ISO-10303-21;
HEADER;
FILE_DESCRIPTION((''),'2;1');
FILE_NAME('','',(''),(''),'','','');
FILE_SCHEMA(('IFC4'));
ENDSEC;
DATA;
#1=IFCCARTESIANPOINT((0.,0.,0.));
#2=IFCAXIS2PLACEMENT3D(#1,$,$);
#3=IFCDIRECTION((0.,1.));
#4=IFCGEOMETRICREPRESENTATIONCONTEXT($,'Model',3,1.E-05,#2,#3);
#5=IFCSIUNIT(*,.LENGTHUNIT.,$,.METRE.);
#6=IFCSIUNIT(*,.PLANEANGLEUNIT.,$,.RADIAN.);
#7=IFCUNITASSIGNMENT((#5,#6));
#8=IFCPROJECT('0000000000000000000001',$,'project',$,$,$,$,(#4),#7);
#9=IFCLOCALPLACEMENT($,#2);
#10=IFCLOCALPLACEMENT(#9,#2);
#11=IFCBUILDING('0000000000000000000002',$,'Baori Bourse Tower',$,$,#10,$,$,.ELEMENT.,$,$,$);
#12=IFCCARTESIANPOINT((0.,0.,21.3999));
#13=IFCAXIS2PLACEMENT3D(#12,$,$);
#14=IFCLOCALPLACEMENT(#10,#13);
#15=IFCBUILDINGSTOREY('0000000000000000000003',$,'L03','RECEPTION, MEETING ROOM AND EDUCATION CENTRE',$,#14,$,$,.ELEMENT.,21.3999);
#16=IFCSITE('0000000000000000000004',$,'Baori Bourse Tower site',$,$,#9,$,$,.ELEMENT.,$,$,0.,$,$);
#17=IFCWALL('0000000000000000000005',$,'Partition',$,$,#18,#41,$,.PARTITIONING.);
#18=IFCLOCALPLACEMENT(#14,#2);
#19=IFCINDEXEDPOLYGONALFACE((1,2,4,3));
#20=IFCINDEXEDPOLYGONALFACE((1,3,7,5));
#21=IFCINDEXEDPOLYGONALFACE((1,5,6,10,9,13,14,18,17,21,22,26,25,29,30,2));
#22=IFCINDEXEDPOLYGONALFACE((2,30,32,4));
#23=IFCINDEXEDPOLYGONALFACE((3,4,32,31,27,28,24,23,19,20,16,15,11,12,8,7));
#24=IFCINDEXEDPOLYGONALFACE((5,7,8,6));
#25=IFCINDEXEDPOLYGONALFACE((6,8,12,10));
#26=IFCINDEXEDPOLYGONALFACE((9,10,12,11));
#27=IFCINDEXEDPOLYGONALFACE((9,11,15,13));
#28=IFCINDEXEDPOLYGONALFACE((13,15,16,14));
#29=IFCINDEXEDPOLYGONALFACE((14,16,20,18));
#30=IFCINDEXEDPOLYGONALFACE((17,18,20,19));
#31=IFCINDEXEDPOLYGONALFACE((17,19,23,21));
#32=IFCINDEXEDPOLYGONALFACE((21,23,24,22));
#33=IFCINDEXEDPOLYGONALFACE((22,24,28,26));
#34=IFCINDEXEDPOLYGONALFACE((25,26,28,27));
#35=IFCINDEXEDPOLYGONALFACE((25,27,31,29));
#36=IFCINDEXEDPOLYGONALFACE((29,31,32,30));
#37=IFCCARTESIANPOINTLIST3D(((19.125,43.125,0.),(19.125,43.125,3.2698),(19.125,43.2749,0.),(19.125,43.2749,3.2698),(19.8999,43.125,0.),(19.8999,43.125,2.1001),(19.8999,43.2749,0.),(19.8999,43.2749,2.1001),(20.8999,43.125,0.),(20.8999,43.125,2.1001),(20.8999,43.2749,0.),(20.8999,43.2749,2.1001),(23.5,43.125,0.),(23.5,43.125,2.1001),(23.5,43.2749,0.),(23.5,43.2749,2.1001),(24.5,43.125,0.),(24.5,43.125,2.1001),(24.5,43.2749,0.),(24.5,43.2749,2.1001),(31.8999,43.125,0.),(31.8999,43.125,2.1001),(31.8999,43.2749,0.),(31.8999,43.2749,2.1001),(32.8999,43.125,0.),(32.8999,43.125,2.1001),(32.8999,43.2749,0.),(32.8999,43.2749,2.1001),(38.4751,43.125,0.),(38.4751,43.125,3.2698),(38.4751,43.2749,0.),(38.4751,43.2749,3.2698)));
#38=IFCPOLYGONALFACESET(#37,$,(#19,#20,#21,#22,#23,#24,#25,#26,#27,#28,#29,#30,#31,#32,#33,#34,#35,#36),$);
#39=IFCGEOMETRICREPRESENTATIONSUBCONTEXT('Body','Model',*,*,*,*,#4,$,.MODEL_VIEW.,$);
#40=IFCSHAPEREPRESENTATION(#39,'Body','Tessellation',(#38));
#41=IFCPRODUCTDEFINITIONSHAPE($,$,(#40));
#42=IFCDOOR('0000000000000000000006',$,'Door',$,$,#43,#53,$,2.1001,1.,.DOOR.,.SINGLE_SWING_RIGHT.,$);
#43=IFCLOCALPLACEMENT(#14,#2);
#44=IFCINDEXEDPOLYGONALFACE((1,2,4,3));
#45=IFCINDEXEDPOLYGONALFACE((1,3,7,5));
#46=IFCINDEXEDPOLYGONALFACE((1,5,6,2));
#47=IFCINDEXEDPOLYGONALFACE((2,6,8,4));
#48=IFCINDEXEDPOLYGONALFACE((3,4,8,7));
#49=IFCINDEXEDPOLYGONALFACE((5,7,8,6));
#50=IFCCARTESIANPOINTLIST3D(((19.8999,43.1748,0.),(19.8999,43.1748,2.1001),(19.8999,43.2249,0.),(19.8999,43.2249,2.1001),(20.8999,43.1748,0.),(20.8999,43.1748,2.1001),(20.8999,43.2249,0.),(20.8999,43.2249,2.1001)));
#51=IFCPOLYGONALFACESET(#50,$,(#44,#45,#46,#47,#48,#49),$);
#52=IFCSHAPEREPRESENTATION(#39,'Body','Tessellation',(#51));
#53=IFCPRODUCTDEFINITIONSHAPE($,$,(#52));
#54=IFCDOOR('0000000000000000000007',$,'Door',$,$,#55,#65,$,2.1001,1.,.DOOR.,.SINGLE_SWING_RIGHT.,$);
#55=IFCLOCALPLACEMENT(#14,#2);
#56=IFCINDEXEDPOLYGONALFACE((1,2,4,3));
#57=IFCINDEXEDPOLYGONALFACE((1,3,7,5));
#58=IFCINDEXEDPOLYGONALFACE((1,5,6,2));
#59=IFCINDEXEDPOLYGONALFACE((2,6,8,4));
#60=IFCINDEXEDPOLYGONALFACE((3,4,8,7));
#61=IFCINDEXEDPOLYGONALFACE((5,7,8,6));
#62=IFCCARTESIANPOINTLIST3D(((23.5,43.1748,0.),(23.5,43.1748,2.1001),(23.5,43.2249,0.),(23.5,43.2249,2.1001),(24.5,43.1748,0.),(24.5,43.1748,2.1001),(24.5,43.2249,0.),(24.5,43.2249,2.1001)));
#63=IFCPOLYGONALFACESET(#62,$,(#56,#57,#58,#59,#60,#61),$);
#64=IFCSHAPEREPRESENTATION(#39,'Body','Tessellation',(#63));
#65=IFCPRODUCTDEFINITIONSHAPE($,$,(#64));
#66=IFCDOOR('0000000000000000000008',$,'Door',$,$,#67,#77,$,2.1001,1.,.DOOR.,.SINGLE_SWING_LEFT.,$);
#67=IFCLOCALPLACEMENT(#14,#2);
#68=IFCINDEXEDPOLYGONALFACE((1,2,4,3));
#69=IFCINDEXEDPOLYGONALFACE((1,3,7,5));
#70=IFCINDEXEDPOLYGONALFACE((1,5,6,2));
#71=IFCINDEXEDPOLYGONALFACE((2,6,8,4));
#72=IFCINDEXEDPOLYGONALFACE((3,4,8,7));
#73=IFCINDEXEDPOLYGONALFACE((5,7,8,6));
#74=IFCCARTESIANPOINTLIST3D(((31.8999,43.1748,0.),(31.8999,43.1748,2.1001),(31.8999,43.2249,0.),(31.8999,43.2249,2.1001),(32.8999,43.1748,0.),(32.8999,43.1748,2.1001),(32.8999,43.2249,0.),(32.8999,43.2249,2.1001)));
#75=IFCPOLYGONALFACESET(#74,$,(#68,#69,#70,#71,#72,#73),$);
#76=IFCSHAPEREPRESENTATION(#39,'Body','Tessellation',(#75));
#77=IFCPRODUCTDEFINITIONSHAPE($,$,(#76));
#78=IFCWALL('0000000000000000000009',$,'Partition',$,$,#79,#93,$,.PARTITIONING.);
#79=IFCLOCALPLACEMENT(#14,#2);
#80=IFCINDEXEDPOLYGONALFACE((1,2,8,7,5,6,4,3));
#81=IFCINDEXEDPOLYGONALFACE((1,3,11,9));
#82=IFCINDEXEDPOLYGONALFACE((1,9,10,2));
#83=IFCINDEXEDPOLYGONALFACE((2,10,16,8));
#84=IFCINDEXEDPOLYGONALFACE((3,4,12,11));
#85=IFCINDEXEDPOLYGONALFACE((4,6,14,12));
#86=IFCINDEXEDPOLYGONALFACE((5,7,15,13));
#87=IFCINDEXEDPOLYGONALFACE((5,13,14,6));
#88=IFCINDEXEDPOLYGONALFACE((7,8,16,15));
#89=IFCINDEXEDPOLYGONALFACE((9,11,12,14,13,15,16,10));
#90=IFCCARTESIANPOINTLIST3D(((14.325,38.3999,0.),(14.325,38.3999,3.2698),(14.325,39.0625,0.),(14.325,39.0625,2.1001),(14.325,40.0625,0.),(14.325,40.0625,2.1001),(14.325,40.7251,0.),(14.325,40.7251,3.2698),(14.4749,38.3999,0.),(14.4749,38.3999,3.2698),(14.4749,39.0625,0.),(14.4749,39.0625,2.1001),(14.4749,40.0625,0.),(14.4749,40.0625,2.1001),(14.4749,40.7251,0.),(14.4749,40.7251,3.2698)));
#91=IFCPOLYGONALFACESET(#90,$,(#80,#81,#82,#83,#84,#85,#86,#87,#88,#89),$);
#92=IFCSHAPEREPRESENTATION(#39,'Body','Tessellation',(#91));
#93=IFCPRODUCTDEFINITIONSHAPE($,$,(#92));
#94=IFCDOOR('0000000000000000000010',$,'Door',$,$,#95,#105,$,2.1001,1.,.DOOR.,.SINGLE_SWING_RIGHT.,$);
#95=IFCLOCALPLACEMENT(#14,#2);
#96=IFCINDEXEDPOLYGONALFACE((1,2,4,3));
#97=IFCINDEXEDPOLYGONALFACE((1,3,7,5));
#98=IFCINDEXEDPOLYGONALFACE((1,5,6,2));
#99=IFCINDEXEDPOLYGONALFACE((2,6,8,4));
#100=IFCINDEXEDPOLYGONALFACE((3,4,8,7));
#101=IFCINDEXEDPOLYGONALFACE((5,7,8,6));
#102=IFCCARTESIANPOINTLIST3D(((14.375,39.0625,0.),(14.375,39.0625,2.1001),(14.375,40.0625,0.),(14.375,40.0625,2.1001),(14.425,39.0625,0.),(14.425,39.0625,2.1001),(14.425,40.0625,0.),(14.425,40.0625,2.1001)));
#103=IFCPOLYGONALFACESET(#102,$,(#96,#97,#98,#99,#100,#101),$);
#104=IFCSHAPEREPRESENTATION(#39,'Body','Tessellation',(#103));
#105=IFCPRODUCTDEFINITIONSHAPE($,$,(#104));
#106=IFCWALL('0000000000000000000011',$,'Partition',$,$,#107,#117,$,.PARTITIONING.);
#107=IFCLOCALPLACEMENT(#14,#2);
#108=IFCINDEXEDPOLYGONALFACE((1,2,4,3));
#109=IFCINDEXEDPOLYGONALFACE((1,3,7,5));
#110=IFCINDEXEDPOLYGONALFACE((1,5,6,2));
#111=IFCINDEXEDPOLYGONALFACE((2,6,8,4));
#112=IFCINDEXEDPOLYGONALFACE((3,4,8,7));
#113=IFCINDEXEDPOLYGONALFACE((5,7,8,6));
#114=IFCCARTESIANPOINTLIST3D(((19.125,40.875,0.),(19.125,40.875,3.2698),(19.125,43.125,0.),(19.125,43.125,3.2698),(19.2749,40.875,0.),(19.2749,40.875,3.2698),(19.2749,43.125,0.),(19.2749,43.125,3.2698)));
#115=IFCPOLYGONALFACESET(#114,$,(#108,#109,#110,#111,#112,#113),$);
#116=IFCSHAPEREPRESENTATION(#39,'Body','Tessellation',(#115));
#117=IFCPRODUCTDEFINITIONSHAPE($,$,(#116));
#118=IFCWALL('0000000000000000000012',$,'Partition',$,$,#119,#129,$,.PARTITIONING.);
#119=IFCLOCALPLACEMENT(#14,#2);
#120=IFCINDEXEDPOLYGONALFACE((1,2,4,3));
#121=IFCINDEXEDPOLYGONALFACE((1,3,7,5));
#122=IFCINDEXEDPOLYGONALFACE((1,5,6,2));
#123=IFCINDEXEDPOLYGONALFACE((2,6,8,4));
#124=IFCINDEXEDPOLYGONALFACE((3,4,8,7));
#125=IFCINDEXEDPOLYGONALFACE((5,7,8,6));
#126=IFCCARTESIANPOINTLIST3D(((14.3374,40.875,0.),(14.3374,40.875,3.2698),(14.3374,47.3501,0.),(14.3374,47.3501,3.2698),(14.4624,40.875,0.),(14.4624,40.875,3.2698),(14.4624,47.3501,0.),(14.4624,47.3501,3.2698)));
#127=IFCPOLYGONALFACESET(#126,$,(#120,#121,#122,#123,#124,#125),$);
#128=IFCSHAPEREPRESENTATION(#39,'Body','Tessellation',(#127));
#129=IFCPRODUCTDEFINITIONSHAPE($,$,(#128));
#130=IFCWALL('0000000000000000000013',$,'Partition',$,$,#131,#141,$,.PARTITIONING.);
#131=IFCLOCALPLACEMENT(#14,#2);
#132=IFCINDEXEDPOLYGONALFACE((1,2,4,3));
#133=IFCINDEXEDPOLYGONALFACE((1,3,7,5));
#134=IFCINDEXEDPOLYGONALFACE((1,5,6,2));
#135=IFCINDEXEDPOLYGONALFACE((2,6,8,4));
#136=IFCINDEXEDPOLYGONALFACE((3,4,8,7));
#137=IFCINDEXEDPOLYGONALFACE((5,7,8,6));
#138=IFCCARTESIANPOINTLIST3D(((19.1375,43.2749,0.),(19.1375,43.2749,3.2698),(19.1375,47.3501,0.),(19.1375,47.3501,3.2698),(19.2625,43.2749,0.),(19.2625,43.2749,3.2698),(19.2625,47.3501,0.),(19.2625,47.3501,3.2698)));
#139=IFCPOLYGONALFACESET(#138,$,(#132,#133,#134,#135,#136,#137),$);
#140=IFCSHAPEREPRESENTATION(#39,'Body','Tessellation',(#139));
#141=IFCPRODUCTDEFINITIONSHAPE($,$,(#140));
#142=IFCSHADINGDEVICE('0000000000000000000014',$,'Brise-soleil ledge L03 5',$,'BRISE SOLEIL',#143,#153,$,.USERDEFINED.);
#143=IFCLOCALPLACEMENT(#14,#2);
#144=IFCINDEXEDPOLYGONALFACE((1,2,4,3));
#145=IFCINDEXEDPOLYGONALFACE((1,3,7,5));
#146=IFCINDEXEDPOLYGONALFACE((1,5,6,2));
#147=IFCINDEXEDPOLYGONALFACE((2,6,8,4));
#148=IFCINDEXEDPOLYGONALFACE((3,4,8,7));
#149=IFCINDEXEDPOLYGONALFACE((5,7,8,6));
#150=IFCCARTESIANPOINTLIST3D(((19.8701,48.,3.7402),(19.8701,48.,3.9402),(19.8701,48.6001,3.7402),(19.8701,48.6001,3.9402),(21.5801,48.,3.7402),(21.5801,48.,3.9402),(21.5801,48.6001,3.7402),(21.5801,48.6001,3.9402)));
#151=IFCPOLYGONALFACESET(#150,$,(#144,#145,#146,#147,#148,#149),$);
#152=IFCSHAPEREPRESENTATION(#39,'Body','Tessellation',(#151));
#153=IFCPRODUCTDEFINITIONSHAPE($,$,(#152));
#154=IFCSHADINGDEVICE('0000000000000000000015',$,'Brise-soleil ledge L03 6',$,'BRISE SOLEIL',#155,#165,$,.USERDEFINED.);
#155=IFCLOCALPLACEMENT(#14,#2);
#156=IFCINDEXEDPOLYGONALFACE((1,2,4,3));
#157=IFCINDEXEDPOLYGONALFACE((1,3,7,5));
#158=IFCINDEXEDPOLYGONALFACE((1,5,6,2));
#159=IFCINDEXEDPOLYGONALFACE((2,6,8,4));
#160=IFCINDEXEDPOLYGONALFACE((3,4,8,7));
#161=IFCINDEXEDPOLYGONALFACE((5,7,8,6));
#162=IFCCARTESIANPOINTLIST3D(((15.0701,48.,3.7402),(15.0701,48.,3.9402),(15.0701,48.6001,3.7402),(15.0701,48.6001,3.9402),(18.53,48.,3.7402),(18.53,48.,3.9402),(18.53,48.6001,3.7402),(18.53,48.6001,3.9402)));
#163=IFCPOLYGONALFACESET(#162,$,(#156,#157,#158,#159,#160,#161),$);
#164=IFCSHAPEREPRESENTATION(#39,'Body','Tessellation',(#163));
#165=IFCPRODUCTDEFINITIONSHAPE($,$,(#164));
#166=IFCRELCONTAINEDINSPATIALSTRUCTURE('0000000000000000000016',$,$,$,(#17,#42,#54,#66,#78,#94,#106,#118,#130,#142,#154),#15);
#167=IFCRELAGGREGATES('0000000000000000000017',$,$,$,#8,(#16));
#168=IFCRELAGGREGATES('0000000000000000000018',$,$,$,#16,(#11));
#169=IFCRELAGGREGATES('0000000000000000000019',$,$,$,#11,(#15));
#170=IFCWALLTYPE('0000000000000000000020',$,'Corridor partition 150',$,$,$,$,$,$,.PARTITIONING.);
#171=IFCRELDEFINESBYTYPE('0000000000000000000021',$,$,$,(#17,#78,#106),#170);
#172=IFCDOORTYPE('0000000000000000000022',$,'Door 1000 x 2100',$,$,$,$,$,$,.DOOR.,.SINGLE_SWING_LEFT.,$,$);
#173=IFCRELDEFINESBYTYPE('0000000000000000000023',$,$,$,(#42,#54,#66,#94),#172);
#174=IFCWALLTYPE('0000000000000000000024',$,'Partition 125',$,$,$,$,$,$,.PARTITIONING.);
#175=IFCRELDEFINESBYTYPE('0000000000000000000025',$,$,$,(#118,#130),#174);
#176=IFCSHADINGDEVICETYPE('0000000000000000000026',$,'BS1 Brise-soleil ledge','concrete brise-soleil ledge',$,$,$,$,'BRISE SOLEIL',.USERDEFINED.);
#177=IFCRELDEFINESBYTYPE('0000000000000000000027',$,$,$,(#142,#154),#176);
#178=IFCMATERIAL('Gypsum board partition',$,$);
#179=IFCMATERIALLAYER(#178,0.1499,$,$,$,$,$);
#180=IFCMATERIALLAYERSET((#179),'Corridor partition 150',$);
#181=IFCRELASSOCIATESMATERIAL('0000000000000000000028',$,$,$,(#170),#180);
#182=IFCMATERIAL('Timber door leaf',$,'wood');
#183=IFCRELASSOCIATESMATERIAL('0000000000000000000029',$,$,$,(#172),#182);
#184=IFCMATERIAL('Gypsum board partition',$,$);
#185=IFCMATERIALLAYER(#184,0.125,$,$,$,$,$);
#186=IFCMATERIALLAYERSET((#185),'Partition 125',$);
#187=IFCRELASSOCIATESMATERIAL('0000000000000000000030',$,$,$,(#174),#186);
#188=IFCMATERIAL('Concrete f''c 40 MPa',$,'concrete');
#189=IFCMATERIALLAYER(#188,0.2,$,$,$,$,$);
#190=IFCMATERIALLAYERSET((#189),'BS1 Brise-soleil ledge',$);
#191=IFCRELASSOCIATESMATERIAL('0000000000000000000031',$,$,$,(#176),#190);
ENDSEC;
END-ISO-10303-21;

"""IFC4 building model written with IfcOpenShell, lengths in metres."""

from ifc_helpers import new_model, si_unit, direction, frame, frame_2d, origin, origin_2d, place, context, subcontext, project, spatial, rectangle, extrude, material, layer, layer_set, type_object, element, fill, save


model = new_model("IFC4")

# Units and contexts
model_context = context("Model", 3, precision=1e-05, world=origin(), true_north=direction((0.0, 1.0)))
body_context = subcontext(model_context, "Body", "Model", "MODEL_VIEW")
ifc_project = project(units=[si_unit("LENGTHUNIT", "METRE"), si_unit("PLANEANGLEUNIT", "RADIAN")], contexts=[model_context])

# Site, building, storey
site_placement = place(None, origin())
site = spatial("IfcSite", under=ifc_project, at=site_placement, Name="Baori Bourse Tower site", CompositionType="ELEMENT", RefElevation=0.0)
building_placement = place(site_placement, origin())
building = spatial("IfcBuilding", under=site, at=building_placement, Name="Baori Bourse Tower", CompositionType="ELEMENT")
storey_placement = place(building_placement, frame((0.0, 0.0, 21.3999)))
storey = spatial("IfcBuildingStorey", under=building, at=storey_placement, Name="L03", Description="RECEPTION, MEETING ROOM AND EDUCATION CENTRE", CompositionType="ELEMENT", Elevation=21.3999)

# Shared definitions
ifc_material_1 = material(Name="Gypsum board partition")
ifc_layer_1 = layer(ifc_material_1, 0.1499)
ifc_layer_set_1 = layer_set([ifc_layer_1], Name="Corridor partition 150")
wall_type_1 = type_object("IfcWallType", Name="Corridor partition 150", PredefinedType="PARTITIONING", material=ifc_layer_set_1)
ifc_material_2 = material(Name="Timber door leaf", Category="wood")
door_type_1 = type_object("IfcDoorType", Name="Door 1000 x 2100", OperationType="SINGLE_SWING_LEFT", PredefinedType="DOOR", material=ifc_material_2)

# Wall, openings, doors
wall_1_placement = place(storey_placement, frame((19.125, 43.2, 0.0), z_axis=(0.0, 0.0, 1.0), x_axis=(1.0, 0.0, 0.0)))
wall_1 = element("IfcWall", 1, at=wall_1_placement, inside=storey, type_object=wall_type_1, Name="Partition", PredefinedType="PARTITIONING", context=body_context, shape_type="SweptSolid", body=[
    extrude(rectangle(XDim=19.3501, YDim=0.1499, at=frame_2d((9.675, 0.0))), origin(), (0.0, 0.0, 1.0), 3.2698),
])
opening_1_placement = place(wall_1_placement, frame((0.7749, 0.0, 0.0)))
opening_1 = element("IfcOpeningElement", 2, at=opening_1_placement, cuts=wall_1, PredefinedType="OPENING", context=body_context, shape_type="SweptSolid", body=[
    extrude(rectangle(XDim=1.0, YDim=2.1001, at=frame_2d((0.5, 1.05))), frame((0.0, 0.085, 0.0), z_axis=(0.0, -1.0, 0.0), x_axis=(1.0, 0.0, 0.0)), (0.0, 0.0, 1.0), 0.1699),
])
opening_2_placement = place(wall_1_placement, frame((4.375, 0.0, 0.0)))
opening_2 = element("IfcOpeningElement", 3, at=opening_2_placement, cuts=wall_1, PredefinedType="OPENING", context=body_context, shape_type="SweptSolid", body=[
    extrude(rectangle(XDim=1.0, YDim=2.1001, at=frame_2d((0.5, 1.05))), frame((0.0, 0.085, 0.0), z_axis=(0.0, -1.0, 0.0), x_axis=(1.0, 0.0, 0.0)), (0.0, 0.0, 1.0), 0.1699),
])
opening_3_placement = place(wall_1_placement, frame((12.7749, 0.0, 0.0)))
opening_3 = element("IfcOpeningElement", 4, at=opening_3_placement, cuts=wall_1, PredefinedType="OPENING", context=body_context, shape_type="SweptSolid", body=[
    extrude(rectangle(XDim=1.0, YDim=2.1001, at=frame_2d((0.5, 1.05))), frame((0.0, 0.085, 0.0), z_axis=(0.0, -1.0, 0.0), x_axis=(1.0, 0.0, 0.0)), (0.0, 0.0, 1.0), 0.1699),
])
door_1_placement = place(opening_1_placement, origin())
door_1 = element("IfcDoor", 5, at=door_1_placement, inside=storey, type_object=door_type_1, Name="Door", OperationType="SINGLE_SWING_RIGHT", OverallHeight=2.1001, OverallWidth=1.0, PredefinedType="DOOR", context=body_context, shape_type="SweptSolid", body=[
    extrude(rectangle(XDim=1.0, YDim=2.1001, at=frame_2d((0.5, 1.05))), frame((0.0, 0.0249, 0.0), z_axis=(0.0, -1.0, 0.0), x_axis=(1.0, 0.0, 0.0)), (0.0, 0.0, 1.0), 0.05),
])
fill(opening_1, door_1)
door_2_placement = place(opening_2_placement, origin())
door_2 = element("IfcDoor", 6, at=door_2_placement, inside=storey, type_object=door_type_1, Name="Door", OperationType="SINGLE_SWING_RIGHT", OverallHeight=2.1001, OverallWidth=1.0, PredefinedType="DOOR", context=body_context, shape_type="SweptSolid", body=[
    extrude(rectangle(XDim=1.0, YDim=2.1001, at=frame_2d((0.5, 1.05))), frame((0.0, 0.0249, 0.0), z_axis=(0.0, -1.0, 0.0), x_axis=(1.0, 0.0, 0.0)), (0.0, 0.0, 1.0), 0.05),
])
fill(opening_2, door_2)
door_3_placement = place(opening_3_placement, origin())
door_3 = element("IfcDoor", 7, at=door_3_placement, inside=storey, type_object=door_type_1, Name="Door", OperationType="SINGLE_SWING_LEFT", OverallHeight=2.1001, OverallWidth=1.0, PredefinedType="DOOR", context=body_context, shape_type="SweptSolid", body=[
    extrude(rectangle(XDim=1.0, YDim=2.1001, at=frame_2d((0.5, 1.05))), frame((0.0, 0.0249, 0.0), z_axis=(0.0, -1.0, 0.0), x_axis=(1.0, 0.0, 0.0)), (0.0, 0.0, 1.0), 0.05),
])
fill(opening_3, door_3)

# Wall, opening, door
wall_2_placement = place(storey_placement, frame((14.3999, 38.3999, 0.0), z_axis=(0.0, 0.0, 1.0), x_axis=(0.0, 1.0, 0.0)))
wall_2 = element("IfcWall", 8, at=wall_2_placement, inside=storey, type_object=wall_type_1, Name="Partition", PredefinedType="PARTITIONING", context=body_context, shape_type="SweptSolid", body=[
    extrude(rectangle(XDim=2.3252, YDim=0.1499, at=frame_2d((1.1626, 0.0))), origin(), (0.0, 0.0, 1.0), 3.2698),
])
opening_4_placement = place(wall_2_placement, frame((0.6626, 0.0, 0.0)))
opening_4 = element("IfcOpeningElement", 9, at=opening_4_placement, cuts=wall_2, PredefinedType="OPENING", context=body_context, shape_type="SweptSolid", body=[
    extrude(rectangle(XDim=1.0, YDim=2.1001, at=frame_2d((0.5, 1.05))), frame((0.0, 0.085, 0.0), z_axis=(0.0, -1.0, 0.0), x_axis=(1.0, 0.0, 0.0)), (0.0, 0.0, 1.0), 0.1699),
])
door_4_placement = place(opening_4_placement, origin())
door_4 = element("IfcDoor", 10, at=door_4_placement, inside=storey, type_object=door_type_1, Name="Door", OperationType="SINGLE_SWING_RIGHT", OverallHeight=2.1001, OverallWidth=1.0, PredefinedType="DOOR", context=body_context, shape_type="SweptSolid", body=[
    extrude(rectangle(XDim=1.0, YDim=2.1001, at=frame_2d((0.5, 1.05))), frame((0.0, 0.0249, 0.0), z_axis=(0.0, -1.0, 0.0), x_axis=(1.0, 0.0, 0.0)), (0.0, 0.0, 1.0), 0.05),
])
fill(opening_4, door_4)

# Walls
wall_3_placement = place(storey_placement, frame((19.2, 40.875, 0.0), z_axis=(0.0, 0.0, 1.0), x_axis=(0.0, 1.0, 0.0)))
element("IfcWall", 11, at=wall_3_placement, inside=storey, type_object=wall_type_1, Name="Partition", PredefinedType="PARTITIONING", context=body_context, shape_type="SweptSolid", body=[
    extrude(rectangle(XDim=2.25, YDim=0.1499, at=frame_2d((1.125, 0.0))), origin(), (0.0, 0.0, 1.0), 3.2698),
])
ifc_material_3 = material(Name="Gypsum board partition")
ifc_layer_2 = layer(ifc_material_3, 0.125)
ifc_layer_set_2 = layer_set([ifc_layer_2], Name="Partition 125")
wall_type_2 = type_object("IfcWallType", Name="Partition 125", PredefinedType="PARTITIONING", material=ifc_layer_set_2)
wall_4_placement = place(storey_placement, frame((14.3999, 40.875, 0.0), z_axis=(0.0, 0.0, 1.0), x_axis=(0.0, 1.0, 0.0)))
element("IfcWall", 12, at=wall_4_placement, inside=storey, type_object=wall_type_2, Name="Partition", PredefinedType="PARTITIONING", context=body_context, shape_type="SweptSolid", body=[
    extrude(rectangle(XDim=6.4751, YDim=0.125, at=frame_2d((3.2375, 0.0))), origin(), (0.0, 0.0, 1.0), 3.2698),
])
wall_5_placement = place(storey_placement, frame((19.2, 43.2749, 0.0), z_axis=(0.0, 0.0, 1.0), x_axis=(0.0, 1.0, 0.0)))
element("IfcWall", 13, at=wall_5_placement, inside=storey, type_object=wall_type_2, Name="Partition", PredefinedType="PARTITIONING", context=body_context, shape_type="SweptSolid", body=[
    extrude(rectangle(XDim=4.0752, YDim=0.125, at=frame_2d((2.0376, 0.0))), origin(), (0.0, 0.0, 1.0), 3.2698),
])

# Shading devices
ifc_material_4 = material(Name="Concrete f'c 40 MPa", Category="concrete")
ifc_layer_3 = layer(ifc_material_4, 0.2)
ifc_layer_set_3 = layer_set([ifc_layer_3], Name="BS1 Brise-soleil ledge")
shading_device_type = type_object("IfcShadingDeviceType", Name="BS1 Brise-soleil ledge", Description="concrete brise-soleil ledge", ElementType="BRISE SOLEIL", PredefinedType="USERDEFINED", material=ifc_layer_set_3)
shading_device_1_placement = place(storey_placement, frame((20.7251, 48.3, 3.7402), z_axis=(0.0, 0.0, 1.0), x_axis=(-1.0, 0.0, 0.0)))
element("IfcShadingDevice", 14, at=shading_device_1_placement, inside=storey, type_object=shading_device_type, Name="Brise-soleil ledge L03 5", ObjectType="BRISE SOLEIL", PredefinedType="USERDEFINED", context=body_context, shape_type="SweptSolid", body=[
    extrude(rectangle(XDim=1.71, YDim=0.6001, at=origin_2d()), origin(), (0.0, 0.0, 1.0), 0.2),
])
shading_device_2_placement = place(storey_placement, frame((16.8, 48.3, 3.7402), z_axis=(0.0, 0.0, 1.0), x_axis=(-1.0, 0.0, 0.0)))
element("IfcShadingDevice", 15, at=shading_device_2_placement, inside=storey, type_object=shading_device_type, Name="Brise-soleil ledge L03 6", ObjectType="BRISE SOLEIL", PredefinedType="USERDEFINED", context=body_context, shape_type="SweptSolid", body=[
    extrude(rectangle(XDim=3.46, YDim=0.6001, at=origin_2d()), origin(), (0.0, 0.0, 1.0), 0.2),
])

save(model, "model.ifc")
